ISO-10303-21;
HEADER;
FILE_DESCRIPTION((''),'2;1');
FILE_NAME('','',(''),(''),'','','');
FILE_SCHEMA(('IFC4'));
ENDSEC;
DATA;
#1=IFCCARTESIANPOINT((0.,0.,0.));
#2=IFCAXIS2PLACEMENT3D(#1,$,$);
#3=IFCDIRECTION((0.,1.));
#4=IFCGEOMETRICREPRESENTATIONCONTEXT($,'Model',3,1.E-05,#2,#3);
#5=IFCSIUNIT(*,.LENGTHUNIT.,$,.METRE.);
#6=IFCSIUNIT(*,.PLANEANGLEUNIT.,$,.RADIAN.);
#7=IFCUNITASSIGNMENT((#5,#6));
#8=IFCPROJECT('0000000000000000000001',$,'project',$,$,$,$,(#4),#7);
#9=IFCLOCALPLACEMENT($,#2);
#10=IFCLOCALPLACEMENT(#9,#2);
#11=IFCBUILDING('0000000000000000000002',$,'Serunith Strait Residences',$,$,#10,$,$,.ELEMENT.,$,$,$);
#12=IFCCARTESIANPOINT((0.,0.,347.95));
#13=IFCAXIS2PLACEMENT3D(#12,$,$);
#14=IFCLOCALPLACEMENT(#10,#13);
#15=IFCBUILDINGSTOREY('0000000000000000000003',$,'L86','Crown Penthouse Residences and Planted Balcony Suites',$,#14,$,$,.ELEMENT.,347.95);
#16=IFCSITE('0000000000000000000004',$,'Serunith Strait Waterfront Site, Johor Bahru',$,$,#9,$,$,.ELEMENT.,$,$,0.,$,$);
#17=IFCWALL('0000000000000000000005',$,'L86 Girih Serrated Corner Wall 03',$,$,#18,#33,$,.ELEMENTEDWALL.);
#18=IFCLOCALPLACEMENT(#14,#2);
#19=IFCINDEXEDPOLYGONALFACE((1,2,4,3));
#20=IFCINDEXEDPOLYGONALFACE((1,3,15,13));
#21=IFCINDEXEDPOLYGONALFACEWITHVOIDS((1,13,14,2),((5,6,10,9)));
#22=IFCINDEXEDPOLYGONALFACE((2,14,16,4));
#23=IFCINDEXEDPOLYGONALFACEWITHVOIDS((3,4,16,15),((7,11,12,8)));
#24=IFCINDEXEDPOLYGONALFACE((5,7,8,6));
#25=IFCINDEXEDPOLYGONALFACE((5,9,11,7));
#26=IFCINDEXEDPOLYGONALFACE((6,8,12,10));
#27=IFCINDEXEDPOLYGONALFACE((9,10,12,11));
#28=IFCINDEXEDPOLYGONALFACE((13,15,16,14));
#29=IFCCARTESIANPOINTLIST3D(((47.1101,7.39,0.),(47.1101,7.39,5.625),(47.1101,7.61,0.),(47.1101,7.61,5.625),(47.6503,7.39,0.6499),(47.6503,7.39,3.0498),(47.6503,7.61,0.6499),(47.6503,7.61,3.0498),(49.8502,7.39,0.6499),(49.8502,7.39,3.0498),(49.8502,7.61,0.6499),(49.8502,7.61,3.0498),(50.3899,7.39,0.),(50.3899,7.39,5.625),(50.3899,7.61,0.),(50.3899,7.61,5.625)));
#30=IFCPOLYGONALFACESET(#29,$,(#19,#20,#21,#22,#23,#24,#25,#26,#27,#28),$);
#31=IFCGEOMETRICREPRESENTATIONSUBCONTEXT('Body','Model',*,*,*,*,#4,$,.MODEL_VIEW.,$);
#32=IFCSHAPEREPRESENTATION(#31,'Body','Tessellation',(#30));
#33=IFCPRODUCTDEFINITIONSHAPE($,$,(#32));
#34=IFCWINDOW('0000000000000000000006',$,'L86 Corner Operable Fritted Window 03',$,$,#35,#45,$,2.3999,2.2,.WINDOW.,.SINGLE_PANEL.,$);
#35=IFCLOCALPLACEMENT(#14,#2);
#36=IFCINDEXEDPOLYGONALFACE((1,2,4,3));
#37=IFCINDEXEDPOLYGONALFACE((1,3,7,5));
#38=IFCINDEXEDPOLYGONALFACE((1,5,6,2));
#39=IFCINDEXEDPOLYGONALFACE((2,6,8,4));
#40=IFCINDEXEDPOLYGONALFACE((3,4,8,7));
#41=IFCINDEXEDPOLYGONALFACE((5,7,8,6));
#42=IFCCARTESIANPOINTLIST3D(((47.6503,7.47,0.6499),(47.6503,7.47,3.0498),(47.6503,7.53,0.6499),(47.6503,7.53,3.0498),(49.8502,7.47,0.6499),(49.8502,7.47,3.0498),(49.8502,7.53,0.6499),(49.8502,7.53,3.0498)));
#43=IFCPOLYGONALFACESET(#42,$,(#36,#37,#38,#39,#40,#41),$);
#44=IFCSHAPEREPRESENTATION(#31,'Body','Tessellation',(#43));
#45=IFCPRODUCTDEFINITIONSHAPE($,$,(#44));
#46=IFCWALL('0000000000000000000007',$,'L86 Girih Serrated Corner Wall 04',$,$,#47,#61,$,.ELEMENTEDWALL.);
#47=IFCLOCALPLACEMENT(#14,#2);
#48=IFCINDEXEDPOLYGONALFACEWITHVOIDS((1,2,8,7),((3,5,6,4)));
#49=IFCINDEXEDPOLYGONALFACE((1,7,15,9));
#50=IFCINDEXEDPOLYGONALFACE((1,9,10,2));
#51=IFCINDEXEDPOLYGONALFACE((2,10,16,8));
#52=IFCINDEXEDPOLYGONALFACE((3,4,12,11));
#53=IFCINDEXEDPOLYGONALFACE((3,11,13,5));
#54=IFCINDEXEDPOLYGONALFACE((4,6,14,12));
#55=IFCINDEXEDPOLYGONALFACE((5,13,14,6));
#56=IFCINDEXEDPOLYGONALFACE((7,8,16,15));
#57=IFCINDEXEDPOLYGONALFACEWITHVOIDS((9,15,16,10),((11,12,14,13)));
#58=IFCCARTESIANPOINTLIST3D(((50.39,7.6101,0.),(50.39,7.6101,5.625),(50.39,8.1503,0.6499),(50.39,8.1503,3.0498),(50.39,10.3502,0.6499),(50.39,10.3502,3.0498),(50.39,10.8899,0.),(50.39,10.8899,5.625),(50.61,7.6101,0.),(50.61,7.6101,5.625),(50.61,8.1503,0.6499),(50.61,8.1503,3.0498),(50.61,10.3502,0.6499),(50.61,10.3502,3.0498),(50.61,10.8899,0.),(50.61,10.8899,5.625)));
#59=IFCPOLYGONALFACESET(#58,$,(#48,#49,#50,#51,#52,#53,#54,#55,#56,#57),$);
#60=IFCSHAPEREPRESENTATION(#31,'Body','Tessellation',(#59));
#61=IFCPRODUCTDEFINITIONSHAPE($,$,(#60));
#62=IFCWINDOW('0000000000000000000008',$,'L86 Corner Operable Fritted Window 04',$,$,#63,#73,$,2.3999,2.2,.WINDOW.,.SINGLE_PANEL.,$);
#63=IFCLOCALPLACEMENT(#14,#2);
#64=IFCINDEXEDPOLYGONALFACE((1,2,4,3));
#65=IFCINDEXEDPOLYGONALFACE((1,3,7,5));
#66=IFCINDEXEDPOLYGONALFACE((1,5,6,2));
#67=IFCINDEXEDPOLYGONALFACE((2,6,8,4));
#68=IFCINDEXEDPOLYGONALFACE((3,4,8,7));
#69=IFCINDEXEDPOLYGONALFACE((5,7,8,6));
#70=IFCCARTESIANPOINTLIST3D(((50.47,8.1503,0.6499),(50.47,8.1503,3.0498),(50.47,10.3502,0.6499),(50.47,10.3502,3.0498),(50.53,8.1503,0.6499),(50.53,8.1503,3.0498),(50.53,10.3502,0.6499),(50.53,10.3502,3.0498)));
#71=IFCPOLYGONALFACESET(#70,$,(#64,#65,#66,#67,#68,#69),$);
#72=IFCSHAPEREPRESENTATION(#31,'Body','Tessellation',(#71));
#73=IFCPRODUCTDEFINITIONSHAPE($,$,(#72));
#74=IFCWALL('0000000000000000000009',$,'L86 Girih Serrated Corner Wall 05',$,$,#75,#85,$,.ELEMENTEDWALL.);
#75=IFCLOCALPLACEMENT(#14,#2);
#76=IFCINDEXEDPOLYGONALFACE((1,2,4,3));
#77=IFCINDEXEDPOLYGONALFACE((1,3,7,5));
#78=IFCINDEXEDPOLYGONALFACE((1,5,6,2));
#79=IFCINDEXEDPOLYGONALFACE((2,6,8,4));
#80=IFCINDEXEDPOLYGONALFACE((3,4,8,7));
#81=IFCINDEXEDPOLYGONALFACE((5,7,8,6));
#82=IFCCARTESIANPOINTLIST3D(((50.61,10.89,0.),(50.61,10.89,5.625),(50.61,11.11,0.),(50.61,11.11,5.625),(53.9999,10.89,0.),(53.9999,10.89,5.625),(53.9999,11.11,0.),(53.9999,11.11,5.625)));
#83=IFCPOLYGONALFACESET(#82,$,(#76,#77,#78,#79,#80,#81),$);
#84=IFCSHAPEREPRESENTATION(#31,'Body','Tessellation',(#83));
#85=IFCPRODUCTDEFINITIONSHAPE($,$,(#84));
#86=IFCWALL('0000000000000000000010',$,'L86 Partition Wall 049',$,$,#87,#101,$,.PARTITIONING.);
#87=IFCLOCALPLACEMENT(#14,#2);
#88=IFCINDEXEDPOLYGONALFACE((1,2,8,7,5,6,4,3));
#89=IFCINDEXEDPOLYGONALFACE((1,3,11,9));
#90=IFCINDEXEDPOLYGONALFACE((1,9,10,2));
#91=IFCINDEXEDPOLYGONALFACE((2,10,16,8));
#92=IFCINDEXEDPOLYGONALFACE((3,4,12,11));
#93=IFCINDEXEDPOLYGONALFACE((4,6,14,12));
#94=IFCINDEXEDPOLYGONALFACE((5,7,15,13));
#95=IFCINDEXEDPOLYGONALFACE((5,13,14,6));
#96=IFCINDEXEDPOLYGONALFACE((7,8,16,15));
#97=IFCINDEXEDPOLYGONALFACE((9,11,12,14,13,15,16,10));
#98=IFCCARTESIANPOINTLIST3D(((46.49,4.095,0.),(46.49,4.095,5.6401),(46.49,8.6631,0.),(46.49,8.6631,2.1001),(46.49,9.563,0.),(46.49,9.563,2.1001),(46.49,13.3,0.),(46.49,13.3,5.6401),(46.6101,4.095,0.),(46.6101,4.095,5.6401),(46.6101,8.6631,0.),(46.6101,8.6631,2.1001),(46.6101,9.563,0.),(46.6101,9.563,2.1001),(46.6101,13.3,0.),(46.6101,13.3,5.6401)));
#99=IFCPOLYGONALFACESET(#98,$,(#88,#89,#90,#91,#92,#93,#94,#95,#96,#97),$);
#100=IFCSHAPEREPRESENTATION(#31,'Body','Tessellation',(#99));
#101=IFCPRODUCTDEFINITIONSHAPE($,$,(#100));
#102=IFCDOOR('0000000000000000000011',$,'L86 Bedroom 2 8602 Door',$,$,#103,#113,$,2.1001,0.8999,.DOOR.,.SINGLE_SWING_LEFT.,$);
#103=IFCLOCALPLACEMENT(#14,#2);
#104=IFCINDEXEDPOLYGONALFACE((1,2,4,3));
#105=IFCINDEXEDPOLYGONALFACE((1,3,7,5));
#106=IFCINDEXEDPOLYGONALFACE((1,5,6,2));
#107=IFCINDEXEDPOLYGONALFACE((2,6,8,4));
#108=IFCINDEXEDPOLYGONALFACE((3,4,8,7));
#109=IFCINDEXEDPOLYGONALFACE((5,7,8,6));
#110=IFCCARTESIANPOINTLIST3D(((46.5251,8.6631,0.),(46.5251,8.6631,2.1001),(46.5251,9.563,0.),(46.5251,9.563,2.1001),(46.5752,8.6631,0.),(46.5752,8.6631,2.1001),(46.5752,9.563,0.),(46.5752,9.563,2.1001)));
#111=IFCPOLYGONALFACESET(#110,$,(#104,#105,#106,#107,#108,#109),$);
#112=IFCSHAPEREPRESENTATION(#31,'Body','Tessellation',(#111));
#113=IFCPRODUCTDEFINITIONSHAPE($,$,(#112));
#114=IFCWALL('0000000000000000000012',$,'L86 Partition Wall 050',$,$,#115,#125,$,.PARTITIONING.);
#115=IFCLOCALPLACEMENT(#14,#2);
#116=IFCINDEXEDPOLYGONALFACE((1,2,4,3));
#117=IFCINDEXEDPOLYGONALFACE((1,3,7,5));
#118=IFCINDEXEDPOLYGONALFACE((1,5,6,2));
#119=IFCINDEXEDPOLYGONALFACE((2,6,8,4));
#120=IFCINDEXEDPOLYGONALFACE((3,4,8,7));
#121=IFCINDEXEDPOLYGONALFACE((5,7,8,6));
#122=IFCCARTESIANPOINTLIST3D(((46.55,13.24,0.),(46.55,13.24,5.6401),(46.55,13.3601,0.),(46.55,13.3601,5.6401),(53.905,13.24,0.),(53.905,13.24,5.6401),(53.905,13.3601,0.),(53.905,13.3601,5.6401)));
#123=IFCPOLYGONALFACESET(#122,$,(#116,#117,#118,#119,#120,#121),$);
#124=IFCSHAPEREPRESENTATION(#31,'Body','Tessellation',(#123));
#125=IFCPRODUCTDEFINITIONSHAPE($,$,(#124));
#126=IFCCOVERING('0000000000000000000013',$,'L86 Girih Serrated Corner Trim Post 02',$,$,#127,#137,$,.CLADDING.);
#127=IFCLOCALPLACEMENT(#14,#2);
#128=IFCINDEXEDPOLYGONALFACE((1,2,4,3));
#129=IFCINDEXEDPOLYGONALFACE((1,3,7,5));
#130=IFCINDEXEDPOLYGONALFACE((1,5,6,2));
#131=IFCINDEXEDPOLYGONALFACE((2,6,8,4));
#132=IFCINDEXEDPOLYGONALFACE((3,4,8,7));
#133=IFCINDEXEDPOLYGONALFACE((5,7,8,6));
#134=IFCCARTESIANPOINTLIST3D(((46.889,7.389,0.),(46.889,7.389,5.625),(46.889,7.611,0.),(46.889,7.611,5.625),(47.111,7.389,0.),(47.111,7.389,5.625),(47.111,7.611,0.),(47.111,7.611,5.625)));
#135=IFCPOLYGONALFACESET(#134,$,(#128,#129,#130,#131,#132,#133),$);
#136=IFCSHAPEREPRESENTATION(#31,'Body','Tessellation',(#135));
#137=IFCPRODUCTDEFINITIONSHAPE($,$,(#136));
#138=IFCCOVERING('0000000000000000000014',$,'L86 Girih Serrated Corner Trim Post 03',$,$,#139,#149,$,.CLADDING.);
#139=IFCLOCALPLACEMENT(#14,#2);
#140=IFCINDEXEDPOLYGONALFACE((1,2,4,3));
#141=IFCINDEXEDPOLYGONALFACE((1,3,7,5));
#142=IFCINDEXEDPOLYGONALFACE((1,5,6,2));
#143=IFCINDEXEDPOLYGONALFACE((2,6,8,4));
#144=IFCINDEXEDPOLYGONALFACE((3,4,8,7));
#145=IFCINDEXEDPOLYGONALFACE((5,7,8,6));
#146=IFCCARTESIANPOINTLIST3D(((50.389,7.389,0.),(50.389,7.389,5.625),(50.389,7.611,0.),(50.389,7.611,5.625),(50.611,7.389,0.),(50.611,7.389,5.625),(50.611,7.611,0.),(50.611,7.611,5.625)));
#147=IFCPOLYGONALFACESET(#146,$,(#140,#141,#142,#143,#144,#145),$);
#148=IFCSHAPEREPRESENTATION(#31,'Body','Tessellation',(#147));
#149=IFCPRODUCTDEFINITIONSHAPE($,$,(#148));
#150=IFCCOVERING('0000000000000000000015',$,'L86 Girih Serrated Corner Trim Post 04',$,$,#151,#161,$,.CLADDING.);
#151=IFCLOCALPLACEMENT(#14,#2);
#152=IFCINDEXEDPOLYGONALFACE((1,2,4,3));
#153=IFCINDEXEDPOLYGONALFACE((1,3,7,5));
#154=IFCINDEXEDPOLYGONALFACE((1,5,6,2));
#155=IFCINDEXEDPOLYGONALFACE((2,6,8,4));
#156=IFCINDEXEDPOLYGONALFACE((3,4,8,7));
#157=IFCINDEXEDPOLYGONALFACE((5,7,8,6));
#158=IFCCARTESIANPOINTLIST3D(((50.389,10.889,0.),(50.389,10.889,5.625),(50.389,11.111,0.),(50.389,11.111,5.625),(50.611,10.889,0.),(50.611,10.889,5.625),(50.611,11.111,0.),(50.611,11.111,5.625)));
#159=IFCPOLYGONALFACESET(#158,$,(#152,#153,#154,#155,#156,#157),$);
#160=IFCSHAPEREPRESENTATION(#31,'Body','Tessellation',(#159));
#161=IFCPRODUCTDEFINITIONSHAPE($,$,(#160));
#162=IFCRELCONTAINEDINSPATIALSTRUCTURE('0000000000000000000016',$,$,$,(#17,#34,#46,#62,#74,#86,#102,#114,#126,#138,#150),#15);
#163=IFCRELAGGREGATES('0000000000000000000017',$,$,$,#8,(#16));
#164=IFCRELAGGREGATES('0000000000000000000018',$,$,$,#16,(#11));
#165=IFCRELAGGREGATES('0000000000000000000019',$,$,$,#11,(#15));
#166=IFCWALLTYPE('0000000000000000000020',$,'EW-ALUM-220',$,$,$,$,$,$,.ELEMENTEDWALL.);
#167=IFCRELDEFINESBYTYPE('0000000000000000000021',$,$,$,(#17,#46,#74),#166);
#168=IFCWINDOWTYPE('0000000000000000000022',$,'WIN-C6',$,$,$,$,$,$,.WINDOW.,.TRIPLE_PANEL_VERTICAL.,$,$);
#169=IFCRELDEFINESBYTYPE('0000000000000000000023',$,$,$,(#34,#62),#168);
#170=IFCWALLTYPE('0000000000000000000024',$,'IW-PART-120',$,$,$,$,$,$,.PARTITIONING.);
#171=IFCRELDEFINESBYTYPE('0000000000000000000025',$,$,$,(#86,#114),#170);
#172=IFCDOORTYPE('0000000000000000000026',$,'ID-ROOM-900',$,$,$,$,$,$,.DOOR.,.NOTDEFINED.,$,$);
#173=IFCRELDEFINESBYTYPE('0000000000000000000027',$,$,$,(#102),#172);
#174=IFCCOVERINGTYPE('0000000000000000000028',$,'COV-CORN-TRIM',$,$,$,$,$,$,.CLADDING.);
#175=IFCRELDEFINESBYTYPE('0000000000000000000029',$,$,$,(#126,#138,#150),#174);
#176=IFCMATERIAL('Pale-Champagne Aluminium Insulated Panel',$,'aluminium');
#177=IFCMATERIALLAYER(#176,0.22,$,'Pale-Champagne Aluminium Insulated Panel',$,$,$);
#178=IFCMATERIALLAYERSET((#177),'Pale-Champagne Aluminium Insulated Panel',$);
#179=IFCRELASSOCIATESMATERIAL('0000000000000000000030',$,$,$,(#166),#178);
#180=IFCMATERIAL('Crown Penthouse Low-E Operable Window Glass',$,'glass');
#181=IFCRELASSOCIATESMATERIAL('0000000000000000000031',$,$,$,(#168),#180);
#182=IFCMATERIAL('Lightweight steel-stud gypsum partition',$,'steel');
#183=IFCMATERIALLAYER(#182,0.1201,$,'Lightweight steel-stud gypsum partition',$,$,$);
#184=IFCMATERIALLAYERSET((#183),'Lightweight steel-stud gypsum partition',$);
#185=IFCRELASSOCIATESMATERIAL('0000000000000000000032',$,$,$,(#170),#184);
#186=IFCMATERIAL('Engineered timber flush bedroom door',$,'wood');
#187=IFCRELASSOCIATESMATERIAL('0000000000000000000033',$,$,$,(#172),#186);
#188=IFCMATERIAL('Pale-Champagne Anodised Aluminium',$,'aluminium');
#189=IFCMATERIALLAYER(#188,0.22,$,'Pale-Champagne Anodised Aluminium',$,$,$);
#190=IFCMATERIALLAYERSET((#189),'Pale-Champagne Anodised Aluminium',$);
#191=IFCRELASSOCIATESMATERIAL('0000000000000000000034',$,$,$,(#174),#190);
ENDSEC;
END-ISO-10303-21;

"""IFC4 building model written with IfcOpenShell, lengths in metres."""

from ifc_helpers import new_model, si_unit, direction, frame, frame_2d, origin, origin_2d, place, context, subcontext, project, spatial, rectangle, extrude, source, transform, mapped, material, layer, layer_set, type_object, element, fill, save


model = new_model("IFC4")

# Units and contexts
model_context = context("Model", 3, precision=1e-05, world=origin(), true_north=direction((0.0, 1.0)))
body_context = subcontext(model_context, "Body", "Model", "MODEL_VIEW")
ifc_project = project(units=[si_unit("LENGTHUNIT", "METRE"), si_unit("PLANEANGLEUNIT", "RADIAN")], contexts=[model_context])

# Site, building, storey
site_placement = place(None, origin())
site = spatial("IfcSite", under=ifc_project, at=site_placement, Name="Serunith Strait Waterfront Site, Johor Bahru", CompositionType="ELEMENT", RefElevation=0.0)
building_placement = place(site_placement, origin())
building = spatial("IfcBuilding", under=site, at=building_placement, Name="Serunith Strait Residences", CompositionType="ELEMENT")
storey_placement = place(building_placement, frame((0.0, 0.0, 347.95)))
storey = spatial("IfcBuildingStorey", under=building, at=storey_placement, Name="L86", Description="Crown Penthouse Residences and Planted Balcony Suites", CompositionType="ELEMENT", Elevation=347.95)

# Walls, openings, windows
ifc_material_1 = material(Name="Pale-Champagne Aluminium Insulated Panel", Category="aluminium")
ifc_layer_1 = layer(ifc_material_1, 0.22, Name="Pale-Champagne Aluminium Insulated Panel")
ifc_layer_set_1 = layer_set([ifc_layer_1], Name="Pale-Champagne Aluminium Insulated Panel")
wall_type_1 = type_object("IfcWallType", Name="EW-ALUM-220", PredefinedType="ELEMENTEDWALL", material=ifc_layer_set_1)
ifc_material_2 = material(Name="Crown Penthouse Low-E Operable Window Glass", Category="glass")
window_type = type_object("IfcWindowType", Name="WIN-C6", PartitioningType="TRIPLE_PANEL_VERTICAL", PredefinedType="WINDOW", material=ifc_material_2)
shared_shape_1 = source(origin(), body_context, "Body", "SweptSolid", [
    extrude(rectangle(XDim=2.2, YDim=2.3999, at=frame_2d((1.1001, 1.2))), frame((0.0, 0.03, 0.0), z_axis=(0.0, -1.0, 0.0), x_axis=(1.0, 0.0, 0.0)), (0.0, 0.0, 1.0), 0.0601),
])
wall_1_placement = place(storey_placement, frame((47.1101, 7.5, 0.0), z_axis=(0.0, 0.0, 1.0), x_axis=(1.0, 0.0, 0.0)))
wall_1 = element("IfcWall", 1, at=wall_1_placement, inside=storey, type_object=wall_type_1, Name="L86 Girih Serrated Corner Wall 03", PredefinedType="ELEMENTEDWALL", context=body_context, shape_type="SweptSolid", body=[
    extrude(rectangle(XDim=3.2798, YDim=0.22, at=frame_2d((1.6399, 0.0))), origin(), (0.0, 0.0, 1.0), 5.625),
])
opening_1_placement = place(wall_1_placement, frame((0.54, 0.0, 0.6499)))
opening_1 = element("IfcOpeningElement", 2, at=opening_1_placement, cuts=wall_1, PredefinedType="OPENING", context=body_context, shape_type="SweptSolid", body=[
    extrude(rectangle(XDim=2.2, YDim=2.3999, at=frame_2d((1.1001, 1.2))), frame((0.0, 0.1201, 0.0), z_axis=(0.0, -1.0, 0.0), x_axis=(1.0, 0.0, 0.0)), (0.0, 0.0, 1.0), 0.24),
])
window_1_placement = place(opening_1_placement, origin())
window_1 = element("IfcWindow", 3, at=window_1_placement, inside=storey, type_object=window_type, Name="L86 Corner Operable Fritted Window 03", OverallHeight=2.3999, OverallWidth=2.2, PartitioningType="SINGLE_PANEL", PredefinedType="WINDOW", context=body_context, shape_type="MappedRepresentation", body=[
    mapped(shared_shape_1, transform((0.0, 0.0, 0.0), scale=1.0)),
])
fill(opening_1, window_1)
wall_2_placement = place(storey_placement, frame((50.5, 7.6101, 0.0), z_axis=(0.0, 0.0, 1.0), x_axis=(0.0, 1.0, 0.0)))
wall_2 = element("IfcWall", 4, at=wall_2_placement, inside=storey, type_object=wall_type_1, Name="L86 Girih Serrated Corner Wall 04", PredefinedType="ELEMENTEDWALL", context=body_context, shape_type="SweptSolid", body=[
    extrude(rectangle(XDim=3.2798, YDim=0.22, at=frame_2d((1.6399, 0.0))), origin(), (0.0, 0.0, 1.0), 5.625),
])
opening_2_placement = place(wall_2_placement, frame((0.54, 0.0, 0.6499)))
opening_2 = element("IfcOpeningElement", 5, at=opening_2_placement, cuts=wall_2, PredefinedType="OPENING", context=body_context, shape_type="SweptSolid", body=[
    extrude(rectangle(XDim=2.2, YDim=2.3999, at=frame_2d((1.1001, 1.2))), frame((0.0, 0.1201, 0.0), z_axis=(0.0, -1.0, 0.0), x_axis=(1.0, 0.0, 0.0)), (0.0, 0.0, 1.0), 0.24),
])
window_2_placement = place(opening_2_placement, origin())
window_2 = element("IfcWindow", 6, at=window_2_placement, inside=storey, type_object=window_type, Name="L86 Corner Operable Fritted Window 04", OverallHeight=2.3999, OverallWidth=2.2, PartitioningType="SINGLE_PANEL", PredefinedType="WINDOW", context=body_context, shape_type="MappedRepresentation", body=[
    mapped(shared_shape_1, transform((0.0, 0.0, 0.0), scale=1.0)),
])
fill(opening_2, window_2)

# Wall
wall_3_placement = place(storey_placement, frame((50.6101, 11.0, 0.0), z_axis=(0.0, 0.0, 1.0), x_axis=(1.0, 0.0, 0.0)))
element("IfcWall", 7, at=wall_3_placement, inside=storey, type_object=wall_type_1, Name="L86 Girih Serrated Corner Wall 05", PredefinedType="ELEMENTEDWALL", context=body_context, shape_type="SweptSolid", body=[
    extrude(rectangle(XDim=3.3899, YDim=0.22, at=frame_2d((1.6948, 0.0))), origin(), (0.0, 0.0, 1.0), 5.625),
])

# Wall, opening, door
ifc_material_3 = material(Name="Lightweight steel-stud gypsum partition", Category="steel")
ifc_layer_2 = layer(ifc_material_3, 0.1201, Name="Lightweight steel-stud gypsum partition")
ifc_layer_set_2 = layer_set([ifc_layer_2], Name="Lightweight steel-stud gypsum partition")
wall_type_2 = type_object("IfcWallType", Name="IW-PART-120", PredefinedType="PARTITIONING", material=ifc_layer_set_2)
wall_4_placement = place(storey_placement, frame((46.55, 4.095, 0.0), z_axis=(0.0, 0.0, 1.0), x_axis=(0.0, 1.0, 0.0)))
wall_4 = element("IfcWall", 8, at=wall_4_placement, inside=storey, type_object=wall_type_2, Name="L86 Partition Wall 049", PredefinedType="PARTITIONING", context=body_context, shape_type="SweptSolid", body=[
    extrude(rectangle(XDim=9.2051, YDim=0.1201, at=frame_2d((4.6025, 0.0))), origin(), (0.0, 0.0, 1.0), 5.6401),
])
opening_3_placement = place(wall_4_placement, frame((4.5681, 0.0, 0.0)))
opening_3 = element("IfcOpeningElement", 9, at=opening_3_placement, cuts=wall_4, PredefinedType="OPENING", context=body_context, shape_type="SweptSolid", body=[
    extrude(rectangle(XDim=0.8999, YDim=2.1001, at=frame_2d((0.45, 1.05))), frame((0.0, 0.0701, 0.0), z_axis=(0.0, -1.0, 0.0), x_axis=(1.0, 0.0, 0.0)), (0.0, 0.0, 1.0), 0.1401),
])
ifc_material_4 = material(Name="Engineered timber flush bedroom door", Category="wood")
door_type = type_object("IfcDoorType", Name="ID-ROOM-900", OperationType="NOTDEFINED", PredefinedType="DOOR", material=ifc_material_4)
shared_shape_2 = source(origin(), body_context, "Body", "SweptSolid", [
    extrude(rectangle(XDim=0.8999, YDim=2.1001, at=frame_2d((0.45, 1.05))), frame((0.0, 0.0249, 0.0), z_axis=(0.0, -1.0, 0.0), x_axis=(1.0, 0.0, 0.0)), (0.0, 0.0, 1.0), 0.05),
])
door_placement = place(opening_3_placement, origin())
door = element("IfcDoor", 10, at=door_placement, inside=storey, type_object=door_type, Name="L86 Bedroom 2 8602 Door", OperationType="SINGLE_SWING_LEFT", OverallHeight=2.1001, OverallWidth=0.8999, PredefinedType="DOOR", context=body_context, shape_type="MappedRepresentation", body=[
    mapped(shared_shape_2, transform((0.0, 0.0, 0.0), scale=1.0)),
])
fill(opening_3, door)

# Wall
wall_5_placement = place(storey_placement, frame((46.55, 13.3, 0.0), z_axis=(0.0, 0.0, 1.0), x_axis=(1.0, 0.0, 0.0)))
element("IfcWall", 11, at=wall_5_placement, inside=storey, type_object=wall_type_2, Name="L86 Partition Wall 050", PredefinedType="PARTITIONING", context=body_context, shape_type="SweptSolid", body=[
    extrude(rectangle(XDim=7.355, YDim=0.1201, at=frame_2d((3.6775, 0.0))), origin(), (0.0, 0.0, 1.0), 5.6401),
])

# Coverings
ifc_material_5 = material(Name="Pale-Champagne Anodised Aluminium", Category="aluminium")
ifc_layer_3 = layer(ifc_material_5, 0.22, Name="Pale-Champagne Anodised Aluminium")
ifc_layer_set_3 = layer_set([ifc_layer_3], Name="Pale-Champagne Anodised Aluminium")
covering_type = type_object("IfcCoveringType", Name="COV-CORN-TRIM", PredefinedType="CLADDING", material=ifc_layer_set_3)
shared_shape_3 = source(origin(), body_context, "Body", "SweptSolid", [
    extrude(rectangle(XDim=0.2219, YDim=0.2219, at=origin_2d()), origin(), (0.0, 0.0, 1.0), 5.625),
])
for number, where, z_axis, x_axis, name in (
    (12, (47.0, 7.5, 0.0), (0.0, 0.0, 1.0), (1.0, 0.0, 0.0), "L86 Girih Serrated Corner Trim Post 02"),
    (13, (50.5, 7.5, 0.0), (0.0, 0.0, 1.0), (1.0, 0.0, 0.0), "L86 Girih Serrated Corner Trim Post 03"),
    (14, (50.5, 11.0, 0.0), (0.0, 0.0, 1.0), (1.0, 0.0, 0.0), "L86 Girih Serrated Corner Trim Post 04"),
):
    element("IfcCovering", number, at=place(storey_placement, frame(where, z_axis=z_axis, x_axis=x_axis)), inside=storey, type_object=covering_type, Name=name, PredefinedType="CLADDING", context=body_context, shape_type="MappedRepresentation", body=[
        mapped(shared_shape_3, transform((0.0, 0.0, 0.0), scale=1.0)),
    ])

save(model, "model.ifc")
